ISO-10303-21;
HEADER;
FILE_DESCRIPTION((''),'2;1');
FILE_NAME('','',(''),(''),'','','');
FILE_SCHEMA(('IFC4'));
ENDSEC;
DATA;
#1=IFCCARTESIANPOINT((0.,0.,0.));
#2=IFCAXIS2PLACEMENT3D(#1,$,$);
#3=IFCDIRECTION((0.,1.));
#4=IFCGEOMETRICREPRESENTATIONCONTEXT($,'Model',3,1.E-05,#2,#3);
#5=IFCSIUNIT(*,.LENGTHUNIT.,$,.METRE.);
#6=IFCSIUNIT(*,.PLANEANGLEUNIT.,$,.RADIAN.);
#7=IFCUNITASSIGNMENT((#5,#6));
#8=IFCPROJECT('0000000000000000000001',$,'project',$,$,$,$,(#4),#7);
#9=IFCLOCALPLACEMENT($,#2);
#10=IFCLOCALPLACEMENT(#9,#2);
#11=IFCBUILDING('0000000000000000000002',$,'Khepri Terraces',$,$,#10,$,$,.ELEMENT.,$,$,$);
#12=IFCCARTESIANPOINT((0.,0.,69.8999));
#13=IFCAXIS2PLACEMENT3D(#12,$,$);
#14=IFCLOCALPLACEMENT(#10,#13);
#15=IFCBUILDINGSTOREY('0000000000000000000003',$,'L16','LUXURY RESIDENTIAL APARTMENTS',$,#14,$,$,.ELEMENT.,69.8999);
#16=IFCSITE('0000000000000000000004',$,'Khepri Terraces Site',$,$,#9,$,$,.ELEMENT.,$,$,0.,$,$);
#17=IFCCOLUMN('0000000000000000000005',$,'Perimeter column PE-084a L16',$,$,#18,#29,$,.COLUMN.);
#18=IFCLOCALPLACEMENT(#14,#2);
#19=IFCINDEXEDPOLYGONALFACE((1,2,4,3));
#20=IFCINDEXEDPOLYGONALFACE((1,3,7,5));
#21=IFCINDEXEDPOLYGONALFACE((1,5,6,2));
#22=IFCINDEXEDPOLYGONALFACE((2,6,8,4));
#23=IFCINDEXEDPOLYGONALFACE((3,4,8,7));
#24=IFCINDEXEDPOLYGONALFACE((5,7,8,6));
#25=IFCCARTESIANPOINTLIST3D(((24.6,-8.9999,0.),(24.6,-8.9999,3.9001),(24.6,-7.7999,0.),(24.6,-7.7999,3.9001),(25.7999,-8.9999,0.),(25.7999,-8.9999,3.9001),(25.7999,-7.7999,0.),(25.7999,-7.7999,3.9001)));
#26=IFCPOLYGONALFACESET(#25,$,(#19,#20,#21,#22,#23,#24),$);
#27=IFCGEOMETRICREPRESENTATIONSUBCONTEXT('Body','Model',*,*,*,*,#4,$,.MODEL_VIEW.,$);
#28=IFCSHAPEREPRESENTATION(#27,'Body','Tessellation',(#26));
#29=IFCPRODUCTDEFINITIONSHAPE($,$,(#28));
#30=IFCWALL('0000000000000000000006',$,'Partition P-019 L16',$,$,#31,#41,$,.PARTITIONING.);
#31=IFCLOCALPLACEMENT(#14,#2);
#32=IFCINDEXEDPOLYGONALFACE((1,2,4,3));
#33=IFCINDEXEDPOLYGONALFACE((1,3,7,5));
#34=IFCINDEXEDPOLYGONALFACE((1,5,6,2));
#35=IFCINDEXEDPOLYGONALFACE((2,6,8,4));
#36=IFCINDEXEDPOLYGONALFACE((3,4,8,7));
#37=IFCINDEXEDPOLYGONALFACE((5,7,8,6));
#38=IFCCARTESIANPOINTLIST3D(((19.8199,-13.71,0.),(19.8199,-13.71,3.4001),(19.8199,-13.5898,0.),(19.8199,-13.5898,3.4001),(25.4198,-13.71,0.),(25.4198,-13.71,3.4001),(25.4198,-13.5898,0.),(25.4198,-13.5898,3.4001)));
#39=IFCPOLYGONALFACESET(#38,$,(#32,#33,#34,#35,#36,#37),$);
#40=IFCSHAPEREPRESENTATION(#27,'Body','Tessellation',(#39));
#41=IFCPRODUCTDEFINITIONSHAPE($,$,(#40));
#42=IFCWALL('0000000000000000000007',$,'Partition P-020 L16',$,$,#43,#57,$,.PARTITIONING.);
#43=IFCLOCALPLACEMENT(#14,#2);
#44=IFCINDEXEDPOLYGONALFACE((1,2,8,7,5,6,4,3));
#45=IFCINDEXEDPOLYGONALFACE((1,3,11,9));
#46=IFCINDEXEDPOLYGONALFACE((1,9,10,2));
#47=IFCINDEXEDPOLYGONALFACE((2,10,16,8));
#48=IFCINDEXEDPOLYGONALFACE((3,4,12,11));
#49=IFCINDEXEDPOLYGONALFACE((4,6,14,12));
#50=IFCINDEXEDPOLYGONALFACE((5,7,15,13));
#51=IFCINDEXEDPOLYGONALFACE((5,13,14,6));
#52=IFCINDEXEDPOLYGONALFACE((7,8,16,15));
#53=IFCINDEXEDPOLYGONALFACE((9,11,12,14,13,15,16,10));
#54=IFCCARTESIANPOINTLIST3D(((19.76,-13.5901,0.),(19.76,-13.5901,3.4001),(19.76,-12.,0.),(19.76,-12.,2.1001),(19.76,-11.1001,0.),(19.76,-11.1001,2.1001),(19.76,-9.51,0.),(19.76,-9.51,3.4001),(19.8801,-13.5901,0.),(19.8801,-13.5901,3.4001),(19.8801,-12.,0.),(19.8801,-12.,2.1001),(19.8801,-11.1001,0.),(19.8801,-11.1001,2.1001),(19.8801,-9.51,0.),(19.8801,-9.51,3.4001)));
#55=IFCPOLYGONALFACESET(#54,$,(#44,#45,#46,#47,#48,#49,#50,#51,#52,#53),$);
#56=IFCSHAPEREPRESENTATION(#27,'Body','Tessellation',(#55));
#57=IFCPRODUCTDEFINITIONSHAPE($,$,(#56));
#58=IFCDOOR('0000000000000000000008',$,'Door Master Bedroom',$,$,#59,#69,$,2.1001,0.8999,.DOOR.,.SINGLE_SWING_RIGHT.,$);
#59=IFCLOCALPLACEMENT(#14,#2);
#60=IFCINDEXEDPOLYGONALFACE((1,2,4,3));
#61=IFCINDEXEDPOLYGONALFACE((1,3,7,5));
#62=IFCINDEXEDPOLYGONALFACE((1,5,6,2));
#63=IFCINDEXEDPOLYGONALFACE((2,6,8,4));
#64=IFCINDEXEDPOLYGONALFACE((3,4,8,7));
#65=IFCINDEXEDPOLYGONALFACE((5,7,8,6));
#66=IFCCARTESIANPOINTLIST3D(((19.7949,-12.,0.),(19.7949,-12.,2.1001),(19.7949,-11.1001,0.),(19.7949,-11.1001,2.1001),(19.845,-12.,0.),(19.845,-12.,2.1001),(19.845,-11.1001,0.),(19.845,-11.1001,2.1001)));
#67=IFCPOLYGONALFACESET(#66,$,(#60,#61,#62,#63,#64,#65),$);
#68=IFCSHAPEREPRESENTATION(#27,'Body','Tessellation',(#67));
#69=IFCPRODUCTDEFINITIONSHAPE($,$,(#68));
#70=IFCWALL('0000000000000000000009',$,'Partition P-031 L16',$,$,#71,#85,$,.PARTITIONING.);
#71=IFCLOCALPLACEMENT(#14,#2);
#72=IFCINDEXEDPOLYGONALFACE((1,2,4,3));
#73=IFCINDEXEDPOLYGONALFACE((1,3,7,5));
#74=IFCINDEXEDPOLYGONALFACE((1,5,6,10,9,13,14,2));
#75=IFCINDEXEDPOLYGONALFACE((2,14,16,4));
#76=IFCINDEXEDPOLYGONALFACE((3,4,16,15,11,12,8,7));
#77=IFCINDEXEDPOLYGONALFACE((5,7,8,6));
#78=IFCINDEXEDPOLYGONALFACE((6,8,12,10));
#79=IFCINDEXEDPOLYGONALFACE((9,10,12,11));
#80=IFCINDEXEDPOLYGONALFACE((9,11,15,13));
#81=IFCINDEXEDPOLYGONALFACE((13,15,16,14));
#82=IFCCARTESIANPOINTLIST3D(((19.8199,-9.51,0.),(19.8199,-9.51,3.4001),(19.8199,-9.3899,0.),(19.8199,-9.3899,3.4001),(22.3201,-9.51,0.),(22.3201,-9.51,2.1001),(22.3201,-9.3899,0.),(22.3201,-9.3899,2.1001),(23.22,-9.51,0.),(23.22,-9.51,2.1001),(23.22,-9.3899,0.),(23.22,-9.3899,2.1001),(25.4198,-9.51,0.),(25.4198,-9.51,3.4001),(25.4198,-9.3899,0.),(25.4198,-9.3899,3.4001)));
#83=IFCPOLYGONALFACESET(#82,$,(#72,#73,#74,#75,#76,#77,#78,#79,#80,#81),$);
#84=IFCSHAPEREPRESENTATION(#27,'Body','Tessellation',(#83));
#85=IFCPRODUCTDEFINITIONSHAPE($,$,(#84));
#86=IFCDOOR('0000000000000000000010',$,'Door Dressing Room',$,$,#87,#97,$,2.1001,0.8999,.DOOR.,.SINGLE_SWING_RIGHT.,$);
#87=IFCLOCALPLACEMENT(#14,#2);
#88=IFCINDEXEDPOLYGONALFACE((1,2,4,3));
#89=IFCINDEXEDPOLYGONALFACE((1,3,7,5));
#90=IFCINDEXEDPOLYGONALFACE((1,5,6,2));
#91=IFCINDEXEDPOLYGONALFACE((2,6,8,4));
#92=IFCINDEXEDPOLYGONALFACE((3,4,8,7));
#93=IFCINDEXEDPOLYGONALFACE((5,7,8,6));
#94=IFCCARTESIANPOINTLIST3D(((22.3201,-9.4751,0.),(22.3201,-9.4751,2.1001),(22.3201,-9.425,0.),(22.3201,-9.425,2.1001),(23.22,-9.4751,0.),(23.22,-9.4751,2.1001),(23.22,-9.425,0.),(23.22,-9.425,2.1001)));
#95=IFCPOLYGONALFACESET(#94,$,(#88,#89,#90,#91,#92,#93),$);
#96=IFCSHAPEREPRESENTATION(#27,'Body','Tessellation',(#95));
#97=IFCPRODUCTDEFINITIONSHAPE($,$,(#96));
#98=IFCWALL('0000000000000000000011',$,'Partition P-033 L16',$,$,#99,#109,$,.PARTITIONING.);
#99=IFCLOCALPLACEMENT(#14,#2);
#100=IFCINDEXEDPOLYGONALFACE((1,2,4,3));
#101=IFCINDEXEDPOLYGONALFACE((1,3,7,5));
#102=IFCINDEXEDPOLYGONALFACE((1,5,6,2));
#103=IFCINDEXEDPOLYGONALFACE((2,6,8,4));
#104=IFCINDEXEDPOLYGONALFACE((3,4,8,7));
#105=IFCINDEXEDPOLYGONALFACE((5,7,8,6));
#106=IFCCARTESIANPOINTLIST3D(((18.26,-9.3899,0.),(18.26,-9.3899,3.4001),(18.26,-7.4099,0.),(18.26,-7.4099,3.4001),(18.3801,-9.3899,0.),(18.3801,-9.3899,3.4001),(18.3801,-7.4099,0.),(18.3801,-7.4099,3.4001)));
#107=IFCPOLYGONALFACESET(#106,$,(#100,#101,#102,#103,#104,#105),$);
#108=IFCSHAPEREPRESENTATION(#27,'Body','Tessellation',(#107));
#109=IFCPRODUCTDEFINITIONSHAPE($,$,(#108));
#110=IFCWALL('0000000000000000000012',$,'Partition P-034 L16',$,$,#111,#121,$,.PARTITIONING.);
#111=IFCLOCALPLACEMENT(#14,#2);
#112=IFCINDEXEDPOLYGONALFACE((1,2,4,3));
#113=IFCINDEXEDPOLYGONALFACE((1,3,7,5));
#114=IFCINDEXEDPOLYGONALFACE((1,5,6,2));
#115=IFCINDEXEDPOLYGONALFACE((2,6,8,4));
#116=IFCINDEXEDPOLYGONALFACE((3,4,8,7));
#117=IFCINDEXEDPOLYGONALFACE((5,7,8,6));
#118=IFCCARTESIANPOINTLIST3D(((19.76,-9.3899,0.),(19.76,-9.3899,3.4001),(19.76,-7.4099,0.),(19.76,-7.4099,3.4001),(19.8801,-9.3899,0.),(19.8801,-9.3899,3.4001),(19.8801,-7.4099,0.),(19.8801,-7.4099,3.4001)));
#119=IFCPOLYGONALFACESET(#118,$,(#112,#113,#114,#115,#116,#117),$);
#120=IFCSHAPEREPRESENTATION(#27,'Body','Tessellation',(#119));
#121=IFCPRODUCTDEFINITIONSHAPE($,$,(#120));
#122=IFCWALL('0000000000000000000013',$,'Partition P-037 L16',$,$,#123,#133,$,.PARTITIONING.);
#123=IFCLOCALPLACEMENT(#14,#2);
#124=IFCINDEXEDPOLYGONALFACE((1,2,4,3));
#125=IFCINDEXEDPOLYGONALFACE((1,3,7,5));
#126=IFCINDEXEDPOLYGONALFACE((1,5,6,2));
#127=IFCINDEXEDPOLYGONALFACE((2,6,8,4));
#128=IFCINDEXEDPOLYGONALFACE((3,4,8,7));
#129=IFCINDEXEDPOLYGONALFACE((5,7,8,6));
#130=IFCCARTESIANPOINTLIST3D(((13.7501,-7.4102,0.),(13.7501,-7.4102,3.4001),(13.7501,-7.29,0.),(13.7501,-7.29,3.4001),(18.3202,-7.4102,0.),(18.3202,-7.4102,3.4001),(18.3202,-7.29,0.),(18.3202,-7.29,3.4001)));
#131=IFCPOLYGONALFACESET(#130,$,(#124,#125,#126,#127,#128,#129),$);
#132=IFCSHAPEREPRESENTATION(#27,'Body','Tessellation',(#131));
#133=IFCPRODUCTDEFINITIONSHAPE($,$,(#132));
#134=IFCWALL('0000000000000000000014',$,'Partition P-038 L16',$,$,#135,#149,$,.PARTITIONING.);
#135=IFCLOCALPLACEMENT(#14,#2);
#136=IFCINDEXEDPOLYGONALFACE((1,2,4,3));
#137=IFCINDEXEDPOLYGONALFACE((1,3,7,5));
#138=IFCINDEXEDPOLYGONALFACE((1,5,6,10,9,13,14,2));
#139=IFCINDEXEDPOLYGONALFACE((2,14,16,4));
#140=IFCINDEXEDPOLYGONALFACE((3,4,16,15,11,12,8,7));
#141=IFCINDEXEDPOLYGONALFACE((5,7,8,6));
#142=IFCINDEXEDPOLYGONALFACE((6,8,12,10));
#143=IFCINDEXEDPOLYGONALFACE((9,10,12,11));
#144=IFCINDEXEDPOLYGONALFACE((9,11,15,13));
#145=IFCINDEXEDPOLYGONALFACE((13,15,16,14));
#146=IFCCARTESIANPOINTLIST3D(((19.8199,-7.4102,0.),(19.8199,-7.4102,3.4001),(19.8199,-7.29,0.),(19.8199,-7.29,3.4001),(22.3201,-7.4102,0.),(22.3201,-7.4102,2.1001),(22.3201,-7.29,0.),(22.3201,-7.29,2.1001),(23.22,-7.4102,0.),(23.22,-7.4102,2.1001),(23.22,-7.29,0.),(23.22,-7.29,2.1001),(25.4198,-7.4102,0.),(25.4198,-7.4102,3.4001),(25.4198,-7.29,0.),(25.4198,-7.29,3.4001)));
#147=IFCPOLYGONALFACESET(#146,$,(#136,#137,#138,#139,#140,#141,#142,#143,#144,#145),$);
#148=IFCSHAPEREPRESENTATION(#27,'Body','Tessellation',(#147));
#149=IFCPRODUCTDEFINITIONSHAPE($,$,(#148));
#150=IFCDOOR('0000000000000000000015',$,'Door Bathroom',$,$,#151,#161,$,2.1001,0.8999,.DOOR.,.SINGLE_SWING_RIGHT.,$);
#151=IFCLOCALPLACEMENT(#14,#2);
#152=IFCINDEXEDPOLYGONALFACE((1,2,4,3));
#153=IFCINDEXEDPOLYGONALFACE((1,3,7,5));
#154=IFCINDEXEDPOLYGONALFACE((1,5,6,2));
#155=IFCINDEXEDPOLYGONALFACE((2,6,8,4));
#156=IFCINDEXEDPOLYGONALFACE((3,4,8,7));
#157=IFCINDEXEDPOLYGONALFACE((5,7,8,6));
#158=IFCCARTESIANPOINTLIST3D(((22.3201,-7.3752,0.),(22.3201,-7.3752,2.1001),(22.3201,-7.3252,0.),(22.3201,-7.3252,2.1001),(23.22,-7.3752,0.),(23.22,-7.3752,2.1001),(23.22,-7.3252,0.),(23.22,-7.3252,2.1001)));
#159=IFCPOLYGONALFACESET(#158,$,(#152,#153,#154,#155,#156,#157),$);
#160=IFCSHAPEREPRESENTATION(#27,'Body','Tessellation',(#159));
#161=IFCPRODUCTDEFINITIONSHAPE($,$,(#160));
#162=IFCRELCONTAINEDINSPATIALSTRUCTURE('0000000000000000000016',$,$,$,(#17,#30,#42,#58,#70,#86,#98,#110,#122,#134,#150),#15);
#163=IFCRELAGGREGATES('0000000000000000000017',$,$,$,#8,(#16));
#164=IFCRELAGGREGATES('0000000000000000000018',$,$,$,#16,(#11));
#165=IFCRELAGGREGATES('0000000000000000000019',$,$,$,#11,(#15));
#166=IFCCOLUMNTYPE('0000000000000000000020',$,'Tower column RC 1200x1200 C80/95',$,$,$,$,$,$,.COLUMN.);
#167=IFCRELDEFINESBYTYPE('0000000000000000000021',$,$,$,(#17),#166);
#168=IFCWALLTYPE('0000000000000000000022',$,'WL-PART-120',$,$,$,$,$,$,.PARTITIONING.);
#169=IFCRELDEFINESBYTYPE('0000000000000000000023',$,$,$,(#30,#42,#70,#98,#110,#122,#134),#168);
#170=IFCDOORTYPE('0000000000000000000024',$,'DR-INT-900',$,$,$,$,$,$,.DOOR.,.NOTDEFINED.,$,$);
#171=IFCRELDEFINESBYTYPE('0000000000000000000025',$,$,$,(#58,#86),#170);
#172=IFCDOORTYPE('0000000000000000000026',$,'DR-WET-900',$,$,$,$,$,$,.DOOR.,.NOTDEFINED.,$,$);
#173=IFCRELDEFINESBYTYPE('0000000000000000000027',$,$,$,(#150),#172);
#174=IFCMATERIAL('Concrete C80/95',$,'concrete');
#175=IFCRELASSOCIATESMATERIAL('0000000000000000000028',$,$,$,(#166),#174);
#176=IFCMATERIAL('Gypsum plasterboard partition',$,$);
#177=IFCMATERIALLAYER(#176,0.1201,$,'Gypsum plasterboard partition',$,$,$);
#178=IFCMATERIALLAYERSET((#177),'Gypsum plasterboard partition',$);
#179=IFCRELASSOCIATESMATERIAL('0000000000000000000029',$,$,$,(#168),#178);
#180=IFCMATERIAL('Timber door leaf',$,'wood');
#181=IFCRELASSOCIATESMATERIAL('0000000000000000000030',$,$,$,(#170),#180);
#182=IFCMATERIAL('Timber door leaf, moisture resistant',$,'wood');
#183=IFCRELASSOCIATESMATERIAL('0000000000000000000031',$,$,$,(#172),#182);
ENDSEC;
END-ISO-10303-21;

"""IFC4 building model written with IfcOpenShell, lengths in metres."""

from ifc_helpers import new_model, si_unit, direction, frame, frame_2d, origin, origin_2d, place, context, subcontext, project, spatial, rectangle, extrude, material, layer, layer_set, material_profile, profile_set, type_object, element, fill, save


model = new_model("IFC4")

# Units and contexts
model_context = context("Model", 3, precision=1e-05, world=origin(), true_north=direction((0.0, 1.0)))
body_context = subcontext(model_context, "Body", "Model", "MODEL_VIEW")
ifc_project = project(units=[si_unit("LENGTHUNIT", "METRE"), si_unit("PLANEANGLEUNIT", "RADIAN")], contexts=[model_context])

# Site, building, storey
site_placement = place(None, origin())
site = spatial("IfcSite", under=ifc_project, at=site_placement, Name="Khepri Terraces Site", CompositionType="ELEMENT", RefElevation=0.0)
building_placement = place(site_placement, origin())
building = spatial("IfcBuilding", under=site, at=building_placement, Name="Khepri Terraces", CompositionType="ELEMENT")
storey_placement = place(building_placement, frame((0.0, 0.0, 69.8999)))
storey = spatial("IfcBuildingStorey", under=building, at=storey_placement, Name="L16", Description="LUXURY RESIDENTIAL APARTMENTS", CompositionType="ELEMENT", Elevation=69.8999)

# Column
ifc_material_1 = material(Name="Concrete C80/95", Category="concrete")
ifc_material_profile = material_profile(ifc_material_1, rectangle(XDim=1.2, YDim=1.2, at=origin_2d()), Name="Concrete C80/95", Category="concrete")
ifc_profile_set = profile_set([ifc_material_profile], Name="Concrete C80/95")
column_type = type_object("IfcColumnType", Name="Tower column RC 1200x1200 C80/95", PredefinedType="COLUMN", material=ifc_profile_set)
column_placement = place(storey_placement, frame((25.2, -8.3999, 0.0), z_axis=(0.0, 0.0, 1.0), x_axis=(1.0, 0.0, 0.0)))
element("IfcColumn", 1, at=column_placement, inside=storey, type_object=column_type, Name="Perimeter column PE-084a L16", PredefinedType="COLUMN", context=body_context, shape_type="SweptSolid", body=[
    extrude(rectangle(XDim=1.2, YDim=1.2, at=origin_2d()), origin(), (0.0, 0.0, 1.0), 3.9001),
])

# Wall
ifc_material_2 = material(Name="Gypsum plasterboard partition")
ifc_layer_1 = layer(ifc_material_2, 0.1201, Name="Gypsum plasterboard partition")
ifc_layer_set_1 = layer_set([ifc_layer_1], Name="Gypsum plasterboard partition")
wall_type_1 = type_object("IfcWallType", Name="WL-PART-120", PredefinedType="PARTITIONING", material=ifc_layer_set_1)
wall_1_placement = place(storey_placement, frame((19.8201, -13.6499, 0.0), z_axis=(0.0, 0.0, 1.0), x_axis=(1.0, 0.0, 0.0)))
element("IfcWall", 2, at=wall_1_placement, inside=storey, type_object=wall_type_1, Name="Partition P-019 L16", PredefinedType="PARTITIONING", context=body_context, shape_type="SweptSolid", body=[
    extrude(rectangle(XDim=5.5999, YDim=0.1201, at=frame_2d((2.7998, 0.0))), origin(), (0.0, 0.0, 1.0), 3.4001),
])

# Walls, openings, doors
wall_2_placement = place(storey_placement, frame((19.8201, -13.5901, 0.0), z_axis=(0.0, 0.0, 1.0), x_axis=(0.0, 1.0, 0.0)))
wall_2 = element("IfcWall", 3, at=wall_2_placement, inside=storey, type_object=wall_type_1, Name="Partition P-020 L16", PredefinedType="PARTITIONING", context=body_context, shape_type="SweptSolid", body=[
    extrude(rectangle(XDim=4.0801, YDim=0.1201, at=frame_2d((2.04, 0.0))), origin(), (0.0, 0.0, 1.0), 3.4001),
])
opening_1_placement = place(wall_2_placement, frame((1.5901, 0.0, 0.0)))
opening_1 = element("IfcOpeningElement", 4, at=opening_1_placement, cuts=wall_2, PredefinedType="OPENING", context=body_context, shape_type="SweptSolid", body=[
    extrude(rectangle(XDim=0.8999, YDim=2.1001, at=frame_2d((0.45, 1.05))), frame((0.0, 0.0701, 0.0), z_axis=(0.0, -1.0, 0.0), x_axis=(1.0, 0.0, 0.0)), (0.0, 0.0, 1.0), 0.1401),
])
ifc_material_3 = material(Name="Timber door leaf", Category="wood")
door_type_1 = type_object("IfcDoorType", Name="DR-INT-900", OperationType="NOTDEFINED", PredefinedType="DOOR", material=ifc_material_3)
door_1_placement = place(opening_1_placement, frame((0.8999, 0.0, 0.0), z_axis=(0.0, 0.0, 1.0), x_axis=(-1.0, 0.0, 0.0)))
door_1 = element("IfcDoor", 5, at=door_1_placement, inside=storey, type_object=door_type_1, Name="Door Master Bedroom", OperationType="SINGLE_SWING_RIGHT", OverallHeight=2.1001, OverallWidth=0.8999, PredefinedType="DOOR", context=body_context, shape_type="SweptSolid", body=[
    extrude(rectangle(XDim=0.8999, YDim=2.1001, at=frame_2d((0.45, 1.05))), frame((0.0, 0.0249, 0.0), z_axis=(0.0, -1.0, 0.0), x_axis=(1.0, 0.0, 0.0)), (0.0, 0.0, 1.0), 0.05),
])
fill(opening_1, door_1)
wall_3_placement = place(storey_placement, frame((19.8201, -9.45, 0.0), z_axis=(0.0, 0.0, 1.0), x_axis=(1.0, 0.0, 0.0)))
wall_3 = element("IfcWall", 6, at=wall_3_placement, inside=storey, type_object=wall_type_1, Name="Partition P-031 L16", PredefinedType="PARTITIONING", context=body_context, shape_type="SweptSolid", body=[
    extrude(rectangle(XDim=5.5999, YDim=0.1201, at=frame_2d((2.7998, 0.0))), origin(), (0.0, 0.0, 1.0), 3.4001),
])
opening_2_placement = place(wall_3_placement, frame((2.5, 0.0, 0.0)))
opening_2 = element("IfcOpeningElement", 7, at=opening_2_placement, cuts=wall_3, PredefinedType="OPENING", context=body_context, shape_type="SweptSolid", body=[
    extrude(rectangle(XDim=0.8999, YDim=2.1001, at=frame_2d((0.45, 1.05))), frame((0.0, 0.0701, 0.0), z_axis=(0.0, -1.0, 0.0), x_axis=(1.0, 0.0, 0.0)), (0.0, 0.0, 1.0), 0.1401),
])
door_2_placement = place(opening_2_placement, origin())
door_2 = element("IfcDoor", 8, at=door_2_placement, inside=storey, type_object=door_type_1, Name="Door Dressing Room", OperationType="SINGLE_SWING_RIGHT", OverallHeight=2.1001, OverallWidth=0.8999, PredefinedType="DOOR", context=body_context, shape_type="SweptSolid", body=[
    extrude(rectangle(XDim=0.8999, YDim=2.1001, at=frame_2d((0.45, 1.05))), frame((0.0, 0.0249, 0.0), z_axis=(0.0, -1.0, 0.0), x_axis=(1.0, 0.0, 0.0)), (0.0, 0.0, 1.0), 0.05),
])
fill(opening_2, door_2)

# Walls
for number, where, z_axis, x_axis, name in (
    (9, (18.3201, -9.3899, 0.0), (0.0, 0.0, 1.0), (0.0, 1.0, 0.0), "Partition P-033 L16"),
    (10, (19.8201, -9.3899, 0.0), (0.0, 0.0, 1.0), (0.0, 1.0, 0.0), "Partition P-034 L16"),
):
    element("IfcWall", number, at=place(storey_placement, frame(where, z_axis=z_axis, x_axis=x_axis)), inside=storey, type_object=wall_type_1, Name=name, PredefinedType="PARTITIONING", context=body_context, shape_type="SweptSolid", body=[
        extrude(rectangle(XDim=1.98, YDim=0.1201, at=frame_2d((0.99, 0.0))), origin(), (0.0, 0.0, 1.0), 3.4001),
    ])
wall_4_placement = place(storey_placement, frame((13.75, -7.3501, 0.0), z_axis=(0.0, 0.0, 1.0), x_axis=(1.0, 0.0, 0.0)))
element("IfcWall", 11, at=wall_4_placement, inside=storey, type_object=wall_type_1, Name="Partition P-037 L16", PredefinedType="PARTITIONING", context=body_context, shape_type="SweptSolid", body=[
    extrude(rectangle(XDim=4.5701, YDim=0.1201, at=frame_2d((2.2852, 0.0))), origin(), (0.0, 0.0, 1.0), 3.4001),
])

# Wall, opening, door
wall_5_placement = place(storey_placement, frame((19.8201, -7.3501, 0.0), z_axis=(0.0, 0.0, 1.0), x_axis=(1.0, 0.0, 0.0)))
wall_5 = element("IfcWall", 12, at=wall_5_placement, inside=storey, type_object=wall_type_1, Name="Partition P-038 L16", PredefinedType="PARTITIONING", context=body_context, shape_type="SweptSolid", body=[
    extrude(rectangle(XDim=5.5999, YDim=0.1201, at=frame_2d((2.7998, 0.0))), origin(), (0.0, 0.0, 1.0), 3.4001),
])
opening_3_placement = place(wall_5_placement, frame((2.5, 0.0, 0.0)))
opening_3 = element("IfcOpeningElement", 13, at=opening_3_placement, cuts=wall_5, PredefinedType="OPENING", context=body_context, shape_type="SweptSolid", body=[
    extrude(rectangle(XDim=0.8999, YDim=2.1001, at=frame_2d((0.45, 1.05))), frame((0.0, 0.0701, 0.0), z_axis=(0.0, -1.0, 0.0), x_axis=(1.0, 0.0, 0.0)), (0.0, 0.0, 1.0), 0.1401),
])
ifc_material_4 = material(Name="Timber door leaf, moisture resistant", Category="wood")
door_type_2 = type_object("IfcDoorType", Name="DR-WET-900", OperationType="NOTDEFINED", PredefinedType="DOOR", material=ifc_material_4)
door_3_placement = place(opening_3_placement, origin())
door_3 = element("IfcDoor", 14, at=door_3_placement, inside=storey, type_object=door_type_2, Name="Door Bathroom", OperationType="SINGLE_SWING_RIGHT", OverallHeight=2.1001, OverallWidth=0.8999, PredefinedType="DOOR", context=body_context, shape_type="SweptSolid", body=[
    extrude(rectangle(XDim=0.8999, YDim=2.1001, at=frame_2d((0.45, 1.05))), frame((0.0, 0.0249, 0.0), z_axis=(0.0, -1.0, 0.0), x_axis=(1.0, 0.0, 0.0)), (0.0, 0.0, 1.0), 0.05),
])
fill(opening_3, door_3)

save(model, "model.ifc")
